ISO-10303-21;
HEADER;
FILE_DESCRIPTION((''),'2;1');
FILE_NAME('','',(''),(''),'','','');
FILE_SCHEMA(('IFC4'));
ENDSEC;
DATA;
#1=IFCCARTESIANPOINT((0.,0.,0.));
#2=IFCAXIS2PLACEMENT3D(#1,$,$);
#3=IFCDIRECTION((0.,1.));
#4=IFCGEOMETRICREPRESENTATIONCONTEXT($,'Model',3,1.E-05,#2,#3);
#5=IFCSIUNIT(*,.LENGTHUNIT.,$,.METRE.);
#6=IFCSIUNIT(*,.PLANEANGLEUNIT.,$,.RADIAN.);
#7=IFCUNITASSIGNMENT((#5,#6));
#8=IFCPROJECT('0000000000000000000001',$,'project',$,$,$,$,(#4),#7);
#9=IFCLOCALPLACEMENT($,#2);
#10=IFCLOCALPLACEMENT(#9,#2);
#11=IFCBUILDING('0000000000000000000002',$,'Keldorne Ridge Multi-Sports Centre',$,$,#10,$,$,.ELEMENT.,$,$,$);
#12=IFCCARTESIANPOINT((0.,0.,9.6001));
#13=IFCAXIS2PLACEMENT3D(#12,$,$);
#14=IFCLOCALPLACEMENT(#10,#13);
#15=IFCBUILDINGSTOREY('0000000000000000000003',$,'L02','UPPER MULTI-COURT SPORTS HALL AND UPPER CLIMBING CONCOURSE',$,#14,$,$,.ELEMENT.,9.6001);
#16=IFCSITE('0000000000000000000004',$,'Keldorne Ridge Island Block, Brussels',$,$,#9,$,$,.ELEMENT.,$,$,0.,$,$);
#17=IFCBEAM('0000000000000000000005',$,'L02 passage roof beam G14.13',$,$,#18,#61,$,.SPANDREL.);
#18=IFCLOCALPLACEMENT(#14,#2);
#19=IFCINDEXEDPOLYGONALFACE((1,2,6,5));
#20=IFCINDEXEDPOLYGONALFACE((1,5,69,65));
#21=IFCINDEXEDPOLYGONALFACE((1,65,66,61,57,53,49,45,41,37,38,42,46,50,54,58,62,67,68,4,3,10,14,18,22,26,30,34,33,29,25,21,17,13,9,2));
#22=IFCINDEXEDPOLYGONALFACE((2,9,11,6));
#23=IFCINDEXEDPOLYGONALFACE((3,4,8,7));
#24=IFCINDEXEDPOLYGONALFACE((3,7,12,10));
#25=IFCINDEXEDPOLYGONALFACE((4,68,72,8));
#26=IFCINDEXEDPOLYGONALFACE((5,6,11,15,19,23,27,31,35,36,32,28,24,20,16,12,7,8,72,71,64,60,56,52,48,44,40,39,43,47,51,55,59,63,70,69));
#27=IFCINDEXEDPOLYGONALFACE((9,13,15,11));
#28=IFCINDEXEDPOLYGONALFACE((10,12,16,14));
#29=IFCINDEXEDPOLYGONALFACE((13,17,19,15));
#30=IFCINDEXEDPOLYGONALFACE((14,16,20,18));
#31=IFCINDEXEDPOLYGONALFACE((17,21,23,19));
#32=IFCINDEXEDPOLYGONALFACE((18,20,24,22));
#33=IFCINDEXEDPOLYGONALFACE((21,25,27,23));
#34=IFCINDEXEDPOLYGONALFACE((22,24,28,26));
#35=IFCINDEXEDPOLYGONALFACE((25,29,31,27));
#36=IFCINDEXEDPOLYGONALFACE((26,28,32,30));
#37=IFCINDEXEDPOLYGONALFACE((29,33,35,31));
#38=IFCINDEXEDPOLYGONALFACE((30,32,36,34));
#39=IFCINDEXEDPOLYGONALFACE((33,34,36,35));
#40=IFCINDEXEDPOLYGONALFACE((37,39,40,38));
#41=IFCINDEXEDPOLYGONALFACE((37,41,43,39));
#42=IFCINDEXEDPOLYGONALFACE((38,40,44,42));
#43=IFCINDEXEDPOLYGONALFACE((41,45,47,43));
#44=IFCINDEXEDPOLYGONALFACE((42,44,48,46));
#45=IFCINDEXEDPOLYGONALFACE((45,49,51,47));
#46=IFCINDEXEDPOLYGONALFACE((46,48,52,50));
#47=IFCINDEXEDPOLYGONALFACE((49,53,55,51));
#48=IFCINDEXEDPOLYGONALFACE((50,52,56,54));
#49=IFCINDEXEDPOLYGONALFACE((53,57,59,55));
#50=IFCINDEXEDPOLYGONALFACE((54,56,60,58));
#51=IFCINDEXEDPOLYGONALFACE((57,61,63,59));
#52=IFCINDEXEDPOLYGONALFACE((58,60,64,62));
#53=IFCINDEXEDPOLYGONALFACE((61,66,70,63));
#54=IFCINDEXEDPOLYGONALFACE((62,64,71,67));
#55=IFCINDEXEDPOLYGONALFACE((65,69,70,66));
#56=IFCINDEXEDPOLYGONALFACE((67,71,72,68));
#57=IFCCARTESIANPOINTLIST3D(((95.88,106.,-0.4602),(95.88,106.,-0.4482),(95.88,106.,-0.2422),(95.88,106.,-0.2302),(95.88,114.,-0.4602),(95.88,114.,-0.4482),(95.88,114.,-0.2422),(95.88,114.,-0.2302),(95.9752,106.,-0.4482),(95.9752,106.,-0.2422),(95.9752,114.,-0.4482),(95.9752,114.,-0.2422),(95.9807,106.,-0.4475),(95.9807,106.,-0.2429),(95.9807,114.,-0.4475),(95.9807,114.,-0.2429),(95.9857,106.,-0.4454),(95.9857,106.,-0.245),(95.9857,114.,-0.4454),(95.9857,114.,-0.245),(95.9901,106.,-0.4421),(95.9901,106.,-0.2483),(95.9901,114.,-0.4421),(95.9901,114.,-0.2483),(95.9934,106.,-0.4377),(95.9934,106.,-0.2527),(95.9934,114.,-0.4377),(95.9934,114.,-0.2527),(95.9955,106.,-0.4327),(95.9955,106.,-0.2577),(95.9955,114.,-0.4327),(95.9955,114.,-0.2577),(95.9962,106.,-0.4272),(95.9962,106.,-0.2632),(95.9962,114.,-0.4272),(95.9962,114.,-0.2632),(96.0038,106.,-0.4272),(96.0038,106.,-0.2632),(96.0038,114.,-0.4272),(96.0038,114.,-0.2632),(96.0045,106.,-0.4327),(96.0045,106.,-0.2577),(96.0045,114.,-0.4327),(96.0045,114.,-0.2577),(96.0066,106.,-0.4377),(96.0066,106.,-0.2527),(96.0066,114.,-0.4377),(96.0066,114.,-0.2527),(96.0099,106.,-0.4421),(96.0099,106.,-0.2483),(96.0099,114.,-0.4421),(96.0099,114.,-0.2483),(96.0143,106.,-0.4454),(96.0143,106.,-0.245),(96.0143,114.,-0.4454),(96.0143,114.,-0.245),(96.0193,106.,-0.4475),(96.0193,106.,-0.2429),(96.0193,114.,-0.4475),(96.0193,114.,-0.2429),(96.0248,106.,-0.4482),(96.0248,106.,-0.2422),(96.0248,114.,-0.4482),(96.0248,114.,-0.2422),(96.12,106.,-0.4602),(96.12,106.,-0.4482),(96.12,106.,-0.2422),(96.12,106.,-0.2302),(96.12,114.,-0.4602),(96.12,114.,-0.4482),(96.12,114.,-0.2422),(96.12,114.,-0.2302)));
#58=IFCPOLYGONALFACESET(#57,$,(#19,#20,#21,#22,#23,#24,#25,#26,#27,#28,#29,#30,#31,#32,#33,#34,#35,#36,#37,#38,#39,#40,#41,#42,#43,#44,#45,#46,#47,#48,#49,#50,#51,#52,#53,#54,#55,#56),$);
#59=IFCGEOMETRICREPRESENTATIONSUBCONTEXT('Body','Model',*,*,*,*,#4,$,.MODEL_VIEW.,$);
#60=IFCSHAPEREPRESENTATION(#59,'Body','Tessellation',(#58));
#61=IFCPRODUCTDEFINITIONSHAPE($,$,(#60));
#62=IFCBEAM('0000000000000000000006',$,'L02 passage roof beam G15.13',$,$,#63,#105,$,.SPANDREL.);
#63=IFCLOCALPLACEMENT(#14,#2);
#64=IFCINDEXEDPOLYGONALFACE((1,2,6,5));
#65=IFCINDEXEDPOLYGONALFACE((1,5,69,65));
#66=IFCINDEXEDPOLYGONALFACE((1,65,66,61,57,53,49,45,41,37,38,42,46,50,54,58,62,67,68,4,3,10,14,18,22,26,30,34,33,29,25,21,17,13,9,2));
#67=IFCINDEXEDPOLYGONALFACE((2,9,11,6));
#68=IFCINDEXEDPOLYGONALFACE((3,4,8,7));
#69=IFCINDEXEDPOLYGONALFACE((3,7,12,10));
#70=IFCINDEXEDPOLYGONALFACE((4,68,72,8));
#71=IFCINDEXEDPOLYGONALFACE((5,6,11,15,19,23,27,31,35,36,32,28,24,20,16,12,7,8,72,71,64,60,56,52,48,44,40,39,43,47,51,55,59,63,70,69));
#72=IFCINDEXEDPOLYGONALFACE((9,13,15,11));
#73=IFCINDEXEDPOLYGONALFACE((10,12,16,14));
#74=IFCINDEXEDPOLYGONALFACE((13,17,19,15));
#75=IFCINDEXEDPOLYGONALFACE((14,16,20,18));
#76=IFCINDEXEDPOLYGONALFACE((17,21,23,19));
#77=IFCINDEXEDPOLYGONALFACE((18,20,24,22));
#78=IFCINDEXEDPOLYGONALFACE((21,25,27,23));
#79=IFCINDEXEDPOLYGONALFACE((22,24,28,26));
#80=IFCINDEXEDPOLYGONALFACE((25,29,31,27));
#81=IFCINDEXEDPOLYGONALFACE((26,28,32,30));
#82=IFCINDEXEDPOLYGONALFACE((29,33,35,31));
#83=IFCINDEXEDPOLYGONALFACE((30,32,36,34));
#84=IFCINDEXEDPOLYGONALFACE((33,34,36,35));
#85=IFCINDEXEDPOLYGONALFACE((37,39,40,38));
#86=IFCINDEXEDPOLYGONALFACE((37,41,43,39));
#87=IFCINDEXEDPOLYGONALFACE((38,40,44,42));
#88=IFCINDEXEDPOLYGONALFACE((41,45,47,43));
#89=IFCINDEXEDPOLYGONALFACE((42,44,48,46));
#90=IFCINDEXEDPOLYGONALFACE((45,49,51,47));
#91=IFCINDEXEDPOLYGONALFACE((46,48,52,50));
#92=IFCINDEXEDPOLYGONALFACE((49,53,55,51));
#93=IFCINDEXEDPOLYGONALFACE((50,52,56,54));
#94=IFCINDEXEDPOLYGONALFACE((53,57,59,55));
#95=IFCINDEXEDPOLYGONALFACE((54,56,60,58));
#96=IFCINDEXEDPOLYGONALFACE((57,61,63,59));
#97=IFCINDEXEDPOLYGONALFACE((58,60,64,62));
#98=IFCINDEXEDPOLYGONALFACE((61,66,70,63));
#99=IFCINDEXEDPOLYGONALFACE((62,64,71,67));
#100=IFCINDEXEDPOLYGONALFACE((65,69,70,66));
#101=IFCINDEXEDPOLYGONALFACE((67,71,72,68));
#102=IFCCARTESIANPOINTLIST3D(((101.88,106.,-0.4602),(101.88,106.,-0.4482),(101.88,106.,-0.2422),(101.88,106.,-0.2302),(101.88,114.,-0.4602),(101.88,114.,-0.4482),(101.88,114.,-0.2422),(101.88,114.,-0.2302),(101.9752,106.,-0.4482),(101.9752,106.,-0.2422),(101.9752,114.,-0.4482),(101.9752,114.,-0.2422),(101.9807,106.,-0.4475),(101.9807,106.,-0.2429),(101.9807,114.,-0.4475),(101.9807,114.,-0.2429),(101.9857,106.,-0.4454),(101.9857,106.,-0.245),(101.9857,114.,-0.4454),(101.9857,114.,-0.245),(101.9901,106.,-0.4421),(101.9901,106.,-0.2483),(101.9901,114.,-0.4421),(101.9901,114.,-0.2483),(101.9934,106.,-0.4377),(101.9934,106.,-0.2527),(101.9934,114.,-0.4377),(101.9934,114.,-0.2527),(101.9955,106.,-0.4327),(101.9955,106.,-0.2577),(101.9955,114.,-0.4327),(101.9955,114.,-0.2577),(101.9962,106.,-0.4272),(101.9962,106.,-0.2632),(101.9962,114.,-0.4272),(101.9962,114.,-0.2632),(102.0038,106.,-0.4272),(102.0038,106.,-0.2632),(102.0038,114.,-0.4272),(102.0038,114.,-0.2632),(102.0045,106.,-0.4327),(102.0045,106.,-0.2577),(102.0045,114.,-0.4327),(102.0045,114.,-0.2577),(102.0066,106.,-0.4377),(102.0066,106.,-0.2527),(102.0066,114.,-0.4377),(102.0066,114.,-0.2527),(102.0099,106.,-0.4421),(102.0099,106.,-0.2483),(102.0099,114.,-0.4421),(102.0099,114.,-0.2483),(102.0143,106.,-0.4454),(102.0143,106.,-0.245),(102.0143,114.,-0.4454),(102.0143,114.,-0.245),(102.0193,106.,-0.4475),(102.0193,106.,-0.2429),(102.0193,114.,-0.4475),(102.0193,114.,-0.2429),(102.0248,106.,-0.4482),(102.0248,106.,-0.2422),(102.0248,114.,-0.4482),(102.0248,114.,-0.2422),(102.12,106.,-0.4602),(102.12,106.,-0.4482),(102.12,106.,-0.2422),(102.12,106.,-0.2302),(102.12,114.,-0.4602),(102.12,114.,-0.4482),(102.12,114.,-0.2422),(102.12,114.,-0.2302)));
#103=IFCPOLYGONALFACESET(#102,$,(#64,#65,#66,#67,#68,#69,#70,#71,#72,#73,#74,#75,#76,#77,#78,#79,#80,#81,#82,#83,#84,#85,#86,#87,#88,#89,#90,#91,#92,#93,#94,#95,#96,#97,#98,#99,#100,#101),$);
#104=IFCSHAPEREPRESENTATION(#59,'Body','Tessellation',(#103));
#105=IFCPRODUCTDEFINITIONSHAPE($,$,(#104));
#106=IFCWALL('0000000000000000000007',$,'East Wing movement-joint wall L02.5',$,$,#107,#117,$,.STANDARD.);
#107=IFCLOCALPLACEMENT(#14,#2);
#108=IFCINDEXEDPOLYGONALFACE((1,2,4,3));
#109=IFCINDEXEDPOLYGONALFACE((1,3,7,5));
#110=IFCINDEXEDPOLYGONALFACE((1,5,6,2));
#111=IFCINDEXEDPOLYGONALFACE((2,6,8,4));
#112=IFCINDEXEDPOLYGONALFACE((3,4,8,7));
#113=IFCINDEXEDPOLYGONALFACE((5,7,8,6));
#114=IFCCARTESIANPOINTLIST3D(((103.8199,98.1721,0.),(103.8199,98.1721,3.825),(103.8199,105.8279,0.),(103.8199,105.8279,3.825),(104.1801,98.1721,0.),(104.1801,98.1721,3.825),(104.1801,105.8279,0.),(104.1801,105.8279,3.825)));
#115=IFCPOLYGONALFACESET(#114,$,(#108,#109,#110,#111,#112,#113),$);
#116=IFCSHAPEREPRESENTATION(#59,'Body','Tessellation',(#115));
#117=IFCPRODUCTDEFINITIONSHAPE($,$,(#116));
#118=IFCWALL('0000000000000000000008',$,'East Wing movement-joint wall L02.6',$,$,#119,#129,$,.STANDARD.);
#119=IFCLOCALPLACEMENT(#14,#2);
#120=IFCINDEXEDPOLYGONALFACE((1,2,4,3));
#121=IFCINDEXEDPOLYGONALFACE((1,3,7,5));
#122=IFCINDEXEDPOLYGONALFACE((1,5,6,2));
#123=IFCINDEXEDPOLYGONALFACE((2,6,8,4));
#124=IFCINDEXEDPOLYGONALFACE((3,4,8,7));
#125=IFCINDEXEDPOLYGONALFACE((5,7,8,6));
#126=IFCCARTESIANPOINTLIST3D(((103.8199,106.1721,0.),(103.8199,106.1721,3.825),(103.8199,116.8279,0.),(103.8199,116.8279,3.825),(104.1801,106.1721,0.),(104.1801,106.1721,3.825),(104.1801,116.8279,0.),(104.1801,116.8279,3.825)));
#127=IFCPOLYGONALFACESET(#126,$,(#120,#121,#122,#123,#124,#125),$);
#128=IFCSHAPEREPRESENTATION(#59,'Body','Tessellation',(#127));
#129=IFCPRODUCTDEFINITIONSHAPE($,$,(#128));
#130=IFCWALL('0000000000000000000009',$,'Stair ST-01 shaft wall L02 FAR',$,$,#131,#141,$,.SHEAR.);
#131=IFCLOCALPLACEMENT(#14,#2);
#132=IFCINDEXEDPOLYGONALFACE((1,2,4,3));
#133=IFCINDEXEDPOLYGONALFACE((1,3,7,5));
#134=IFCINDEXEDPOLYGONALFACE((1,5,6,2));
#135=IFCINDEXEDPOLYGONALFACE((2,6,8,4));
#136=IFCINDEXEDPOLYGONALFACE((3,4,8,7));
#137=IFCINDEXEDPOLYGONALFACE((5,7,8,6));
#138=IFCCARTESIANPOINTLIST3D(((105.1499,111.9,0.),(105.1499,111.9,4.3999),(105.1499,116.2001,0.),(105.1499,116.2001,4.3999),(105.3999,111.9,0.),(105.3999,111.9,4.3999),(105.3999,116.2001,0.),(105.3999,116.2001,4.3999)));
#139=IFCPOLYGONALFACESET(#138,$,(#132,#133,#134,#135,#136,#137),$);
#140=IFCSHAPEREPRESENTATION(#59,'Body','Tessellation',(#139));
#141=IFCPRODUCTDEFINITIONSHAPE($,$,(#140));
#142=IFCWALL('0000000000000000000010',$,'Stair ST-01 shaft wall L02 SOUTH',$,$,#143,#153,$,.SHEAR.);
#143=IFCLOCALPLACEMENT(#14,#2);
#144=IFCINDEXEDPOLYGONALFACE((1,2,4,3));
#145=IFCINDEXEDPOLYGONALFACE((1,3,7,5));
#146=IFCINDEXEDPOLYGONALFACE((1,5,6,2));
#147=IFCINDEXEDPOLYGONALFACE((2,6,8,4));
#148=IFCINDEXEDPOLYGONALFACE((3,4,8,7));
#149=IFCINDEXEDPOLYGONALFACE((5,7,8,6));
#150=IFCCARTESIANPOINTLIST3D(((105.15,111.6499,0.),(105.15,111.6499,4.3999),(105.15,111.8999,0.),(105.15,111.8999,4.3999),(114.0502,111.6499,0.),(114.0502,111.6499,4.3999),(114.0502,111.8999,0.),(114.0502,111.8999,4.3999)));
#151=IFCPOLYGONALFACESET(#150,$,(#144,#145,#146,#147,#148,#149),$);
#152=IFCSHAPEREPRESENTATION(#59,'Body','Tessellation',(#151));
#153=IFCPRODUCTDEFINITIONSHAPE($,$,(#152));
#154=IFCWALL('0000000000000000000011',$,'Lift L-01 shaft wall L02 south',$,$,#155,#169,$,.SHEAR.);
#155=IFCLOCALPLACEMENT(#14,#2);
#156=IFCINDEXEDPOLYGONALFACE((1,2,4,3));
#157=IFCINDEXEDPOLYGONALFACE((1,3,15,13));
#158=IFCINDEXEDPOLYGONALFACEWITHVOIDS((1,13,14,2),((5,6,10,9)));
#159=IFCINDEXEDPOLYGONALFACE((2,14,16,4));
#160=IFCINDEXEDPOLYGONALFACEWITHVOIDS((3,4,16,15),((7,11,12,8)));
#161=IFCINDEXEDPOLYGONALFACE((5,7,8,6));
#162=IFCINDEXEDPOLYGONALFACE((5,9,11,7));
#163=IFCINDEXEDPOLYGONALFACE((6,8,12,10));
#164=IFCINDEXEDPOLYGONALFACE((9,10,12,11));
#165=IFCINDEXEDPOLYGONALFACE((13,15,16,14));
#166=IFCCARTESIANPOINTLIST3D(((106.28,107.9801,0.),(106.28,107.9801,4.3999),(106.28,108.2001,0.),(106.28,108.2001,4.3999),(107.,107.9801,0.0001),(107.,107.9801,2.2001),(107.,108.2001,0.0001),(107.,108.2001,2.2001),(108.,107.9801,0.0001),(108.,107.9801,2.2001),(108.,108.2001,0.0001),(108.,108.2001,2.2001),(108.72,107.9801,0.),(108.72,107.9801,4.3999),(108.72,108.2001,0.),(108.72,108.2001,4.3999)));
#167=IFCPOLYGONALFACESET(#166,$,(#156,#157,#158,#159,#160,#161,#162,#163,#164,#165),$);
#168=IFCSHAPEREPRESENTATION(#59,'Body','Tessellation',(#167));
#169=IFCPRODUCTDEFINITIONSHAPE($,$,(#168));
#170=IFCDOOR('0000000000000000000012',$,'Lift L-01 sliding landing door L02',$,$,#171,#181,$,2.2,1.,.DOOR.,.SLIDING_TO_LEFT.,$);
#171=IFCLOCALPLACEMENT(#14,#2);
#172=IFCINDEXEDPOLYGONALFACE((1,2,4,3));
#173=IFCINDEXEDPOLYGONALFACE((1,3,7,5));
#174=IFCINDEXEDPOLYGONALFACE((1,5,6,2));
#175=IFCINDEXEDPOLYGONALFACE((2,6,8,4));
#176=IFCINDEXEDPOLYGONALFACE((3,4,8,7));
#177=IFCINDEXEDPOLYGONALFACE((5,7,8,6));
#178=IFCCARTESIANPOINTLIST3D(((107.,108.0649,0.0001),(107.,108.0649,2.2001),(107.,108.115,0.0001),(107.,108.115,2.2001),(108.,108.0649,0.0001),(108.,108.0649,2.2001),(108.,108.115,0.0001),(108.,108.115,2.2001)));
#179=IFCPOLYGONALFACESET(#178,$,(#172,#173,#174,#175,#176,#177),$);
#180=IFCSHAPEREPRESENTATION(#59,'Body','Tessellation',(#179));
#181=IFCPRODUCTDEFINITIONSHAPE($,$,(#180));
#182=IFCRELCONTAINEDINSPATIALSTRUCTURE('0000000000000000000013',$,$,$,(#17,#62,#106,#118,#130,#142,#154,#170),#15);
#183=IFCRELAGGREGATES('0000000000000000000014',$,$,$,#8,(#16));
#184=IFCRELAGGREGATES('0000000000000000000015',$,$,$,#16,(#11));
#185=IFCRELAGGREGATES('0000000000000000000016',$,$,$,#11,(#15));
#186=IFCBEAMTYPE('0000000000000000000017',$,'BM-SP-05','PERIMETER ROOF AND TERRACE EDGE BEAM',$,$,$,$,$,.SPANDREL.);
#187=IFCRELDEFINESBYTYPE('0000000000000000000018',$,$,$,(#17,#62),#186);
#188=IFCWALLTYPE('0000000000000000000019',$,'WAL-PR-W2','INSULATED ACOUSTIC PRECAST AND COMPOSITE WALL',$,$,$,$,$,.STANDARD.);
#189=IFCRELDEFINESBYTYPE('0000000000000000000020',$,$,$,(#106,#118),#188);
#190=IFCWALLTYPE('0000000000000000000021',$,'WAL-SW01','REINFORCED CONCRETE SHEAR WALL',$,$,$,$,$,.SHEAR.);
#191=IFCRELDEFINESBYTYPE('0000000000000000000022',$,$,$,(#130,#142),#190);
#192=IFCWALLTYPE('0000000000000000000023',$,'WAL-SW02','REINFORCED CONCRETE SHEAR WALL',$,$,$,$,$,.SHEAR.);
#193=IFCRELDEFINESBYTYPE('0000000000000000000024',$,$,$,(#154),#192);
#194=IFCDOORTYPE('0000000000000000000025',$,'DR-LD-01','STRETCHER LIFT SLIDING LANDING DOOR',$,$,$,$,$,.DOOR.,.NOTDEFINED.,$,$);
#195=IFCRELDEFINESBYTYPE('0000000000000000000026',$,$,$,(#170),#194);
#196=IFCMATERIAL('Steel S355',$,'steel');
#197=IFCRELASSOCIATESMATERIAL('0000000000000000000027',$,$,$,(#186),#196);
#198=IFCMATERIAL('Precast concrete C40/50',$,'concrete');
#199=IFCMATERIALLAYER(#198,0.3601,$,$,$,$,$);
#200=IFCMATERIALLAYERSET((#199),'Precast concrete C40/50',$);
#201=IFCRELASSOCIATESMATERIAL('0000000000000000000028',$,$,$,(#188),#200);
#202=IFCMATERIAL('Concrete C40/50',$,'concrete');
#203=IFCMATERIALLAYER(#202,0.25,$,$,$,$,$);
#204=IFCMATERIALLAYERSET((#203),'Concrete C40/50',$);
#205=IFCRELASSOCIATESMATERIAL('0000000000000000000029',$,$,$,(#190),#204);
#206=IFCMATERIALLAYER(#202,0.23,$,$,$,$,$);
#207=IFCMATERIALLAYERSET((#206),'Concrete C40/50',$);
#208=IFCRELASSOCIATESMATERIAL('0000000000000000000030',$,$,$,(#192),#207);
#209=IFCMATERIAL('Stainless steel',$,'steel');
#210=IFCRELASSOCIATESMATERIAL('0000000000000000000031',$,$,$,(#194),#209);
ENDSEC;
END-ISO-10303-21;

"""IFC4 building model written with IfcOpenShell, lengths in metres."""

from ifc_helpers import new_model, si_unit, direction, frame, frame_2d, origin, origin_2d, place, context, subcontext, project, spatial, rectangle, i_section, extrude, material, layer, layer_set, material_profile, profile_set, type_object, element, fill, save


model = new_model("IFC4")

# Units and contexts
model_context = context("Model", 3, precision=1e-05, world=origin(), true_north=direction((0.0, 1.0)))
body_context = subcontext(model_context, "Body", "Model", "MODEL_VIEW")
ifc_project = project(units=[si_unit("LENGTHUNIT", "METRE"), si_unit("PLANEANGLEUNIT", "RADIAN")], contexts=[model_context])

# Site, building, storey
site_placement = place(None, origin())
site = spatial("IfcSite", under=ifc_project, at=site_placement, Name="Keldorne Ridge Island Block, Brussels", CompositionType="ELEMENT", RefElevation=0.0)
building_placement = place(site_placement, origin())
building = spatial("IfcBuilding", under=site, at=building_placement, Name="Keldorne Ridge Multi-Sports Centre", CompositionType="ELEMENT")
storey_placement = place(building_placement, frame((0.0, 0.0, 9.6001)))
storey = spatial("IfcBuildingStorey", under=building, at=storey_placement, Name="L02", Description="UPPER MULTI-COURT SPORTS HALL AND UPPER CLIMBING CONCOURSE", CompositionType="ELEMENT", Elevation=9.6001)

# Shared definitions
ifc_material_1 = material(Name="Steel S355", Category="steel")

# Beams
ifc_material_profile_1 = material_profile(ifc_material_1, i_section(OverallWidth=0.24, OverallDepth=0.23, WebThickness=0.0076, FlangeThickness=0.012, FilletRadius=0.021, at=origin_2d()), Name="HEA 240")
ifc_profile_set_1 = profile_set([ifc_material_profile_1], Name="Steel S355")
beam_type_1 = type_object("IfcBeamType", Name="BM-SP-05", Description="PERIMETER ROOF AND TERRACE EDGE BEAM", PredefinedType="SPANDREL", material=ifc_profile_set_1)
for number, where, z_axis, x_axis, name in (
    (1, (96.0, 106.0, -0.3452), (0.0, 1.0, 0.0), (-1.0, 0.0, 0.0), "L02 passage roof beam G14.13"),
    (2, (102.0, 106.0, -0.3452), (0.0, 1.0, 0.0), (-1.0, 0.0, 0.0), "L02 passage roof beam G15.13"),
):
    element("IfcBeam", number, at=place(storey_placement, frame(where, z_axis=z_axis, x_axis=x_axis)), inside=storey, type_object=beam_type_1, Name=name, PredefinedType="SPANDREL", context=body_context, shape_type="SweptSolid", body=[
        extrude(i_section(OverallWidth=0.24, OverallDepth=0.23, WebThickness=0.0076, FlangeThickness=0.012, FilletRadius=0.021, at=origin_2d()), origin(), (0.0, 0.0, 1.0), 8.0),
    ])

# Walls
ifc_material_2 = material(Name="Precast concrete C40/50", Category="concrete")
ifc_layer_1 = layer(ifc_material_2, 0.3601)
ifc_layer_set_1 = layer_set([ifc_layer_1], Name="Precast concrete C40/50")
wall_type_1 = type_object("IfcWallType", Name="WAL-PR-W2", Description="INSULATED ACOUSTIC PRECAST AND COMPOSITE WALL", PredefinedType="STANDARD", material=ifc_layer_set_1)
wall_1_placement = place(storey_placement, frame((104.0, 105.8279, 0.0), z_axis=(0.0, 0.0, 1.0), x_axis=(0.0, -1.0, 0.0)))
element("IfcWall", 3, at=wall_1_placement, inside=storey, type_object=wall_type_1, Name="East Wing movement-joint wall L02.5", PredefinedType="STANDARD", context=body_context, shape_type="SweptSolid", body=[
    extrude(rectangle(XDim=7.6558, YDim=0.3601, at=frame_2d((3.8279, 0.0))), origin(), (0.0, 0.0, 1.0), 3.825),
])
wall_2_placement = place(storey_placement, frame((104.0, 116.8279, 0.0), z_axis=(0.0, 0.0, 1.0), x_axis=(0.0, -1.0, 0.0)))
element("IfcWall", 4, at=wall_2_placement, inside=storey, type_object=wall_type_1, Name="East Wing movement-joint wall L02.6", PredefinedType="STANDARD", context=body_context, shape_type="SweptSolid", body=[
    extrude(rectangle(XDim=10.6558, YDim=0.3601, at=frame_2d((5.3279, 0.0))), origin(), (0.0, 0.0, 1.0), 3.825),
])
ifc_material_3 = material(Name="Concrete C40/50", Category="concrete")
ifc_layer_2 = layer(ifc_material_3, 0.25)
ifc_layer_set_2 = layer_set([ifc_layer_2], Name="Concrete C40/50")
wall_type_2 = type_object("IfcWallType", Name="WAL-SW01", Description="REINFORCED CONCRETE SHEAR WALL", PredefinedType="SHEAR", material=ifc_layer_set_2)
wall_3_placement = place(storey_placement, frame((105.2749, 116.2, 0.0), z_axis=(0.0, 0.0, 1.0), x_axis=(0.0, -1.0, 0.0)))
element("IfcWall", 5, at=wall_3_placement, inside=storey, type_object=wall_type_2, Name="Stair ST-01 shaft wall L02 FAR", PredefinedType="SHEAR", context=body_context, shape_type="SweptSolid", body=[
    extrude(rectangle(XDim=4.3, YDim=0.25, at=frame_2d((2.1499, 0.0))), origin(), (0.0, 0.0, 1.0), 4.3999),
])
wall_4_placement = place(storey_placement, frame((105.1499, 111.7749, 0.0), z_axis=(0.0, 0.0, 1.0), x_axis=(1.0, 0.0, 0.0)))
element("IfcWall", 6, at=wall_4_placement, inside=storey, type_object=wall_type_2, Name="Stair ST-01 shaft wall L02 SOUTH", PredefinedType="SHEAR", context=body_context, shape_type="SweptSolid", body=[
    extrude(rectangle(XDim=8.9001, YDim=0.25, at=frame_2d((4.4502, 0.0))), origin(), (0.0, 0.0, 1.0), 4.3999),
])

# Wall, opening, door
ifc_layer_3 = layer(ifc_material_3, 0.23)
ifc_layer_set_3 = layer_set([ifc_layer_3], Name="Concrete C40/50")
wall_type_3 = type_object("IfcWallType", Name="WAL-SW02", Description="REINFORCED CONCRETE SHEAR WALL", PredefinedType="SHEAR", material=ifc_layer_set_3)
wall_5_placement = place(storey_placement, frame((106.28, 108.0901, 0.0), z_axis=(0.0, 0.0, 1.0), x_axis=(1.0, 0.0, 0.0)))
wall_5 = element("IfcWall", 7, at=wall_5_placement, inside=storey, type_object=wall_type_3, Name="Lift L-01 shaft wall L02 south", PredefinedType="SHEAR", context=body_context, shape_type="SweptSolid", body=[
    extrude(rectangle(XDim=2.4399, YDim=0.22, at=frame_2d((1.22, 0.0))), origin(), (0.0, 0.0, 1.0), 4.3999),
])
opening_placement = place(wall_5_placement, frame((0.72, 0.0, 0.0)))
opening = element("IfcOpeningElement", 8, at=opening_placement, cuts=wall_5, PredefinedType="OPENING", context=body_context, shape_type="SweptSolid", body=[
    extrude(rectangle(XDim=1.0, YDim=2.2, at=frame_2d((0.5, 1.1001))), frame((0.0, 0.1201, 0.0), z_axis=(0.0, -1.0, 0.0), x_axis=(1.0, 0.0, 0.0)), (0.0, 0.0, 1.0), 0.24),
])
ifc_material_4 = material(Name="Stainless steel", Category="steel")
door_type = type_object("IfcDoorType", Name="DR-LD-01", Description="STRETCHER LIFT SLIDING LANDING DOOR", OperationType="NOTDEFINED", PredefinedType="DOOR", material=ifc_material_4)
door_placement = place(opening_placement, origin())
door = element("IfcDoor", 9, at=door_placement, inside=storey, type_object=door_type, Name="Lift L-01 sliding landing door L02", OperationType="SLIDING_TO_LEFT", OverallHeight=2.2, OverallWidth=1.0, PredefinedType="DOOR", context=body_context, shape_type="SweptSolid", body=[
    extrude(rectangle(XDim=1.0, YDim=2.2, at=frame_2d((0.5, 1.1001))), frame((0.0, 0.0249, 0.0), z_axis=(0.0, -1.0, 0.0), x_axis=(1.0, 0.0, 0.0)), (0.0, 0.0, 1.0), 0.05),
])
fill(opening, door)

save(model, "model.ifc")
